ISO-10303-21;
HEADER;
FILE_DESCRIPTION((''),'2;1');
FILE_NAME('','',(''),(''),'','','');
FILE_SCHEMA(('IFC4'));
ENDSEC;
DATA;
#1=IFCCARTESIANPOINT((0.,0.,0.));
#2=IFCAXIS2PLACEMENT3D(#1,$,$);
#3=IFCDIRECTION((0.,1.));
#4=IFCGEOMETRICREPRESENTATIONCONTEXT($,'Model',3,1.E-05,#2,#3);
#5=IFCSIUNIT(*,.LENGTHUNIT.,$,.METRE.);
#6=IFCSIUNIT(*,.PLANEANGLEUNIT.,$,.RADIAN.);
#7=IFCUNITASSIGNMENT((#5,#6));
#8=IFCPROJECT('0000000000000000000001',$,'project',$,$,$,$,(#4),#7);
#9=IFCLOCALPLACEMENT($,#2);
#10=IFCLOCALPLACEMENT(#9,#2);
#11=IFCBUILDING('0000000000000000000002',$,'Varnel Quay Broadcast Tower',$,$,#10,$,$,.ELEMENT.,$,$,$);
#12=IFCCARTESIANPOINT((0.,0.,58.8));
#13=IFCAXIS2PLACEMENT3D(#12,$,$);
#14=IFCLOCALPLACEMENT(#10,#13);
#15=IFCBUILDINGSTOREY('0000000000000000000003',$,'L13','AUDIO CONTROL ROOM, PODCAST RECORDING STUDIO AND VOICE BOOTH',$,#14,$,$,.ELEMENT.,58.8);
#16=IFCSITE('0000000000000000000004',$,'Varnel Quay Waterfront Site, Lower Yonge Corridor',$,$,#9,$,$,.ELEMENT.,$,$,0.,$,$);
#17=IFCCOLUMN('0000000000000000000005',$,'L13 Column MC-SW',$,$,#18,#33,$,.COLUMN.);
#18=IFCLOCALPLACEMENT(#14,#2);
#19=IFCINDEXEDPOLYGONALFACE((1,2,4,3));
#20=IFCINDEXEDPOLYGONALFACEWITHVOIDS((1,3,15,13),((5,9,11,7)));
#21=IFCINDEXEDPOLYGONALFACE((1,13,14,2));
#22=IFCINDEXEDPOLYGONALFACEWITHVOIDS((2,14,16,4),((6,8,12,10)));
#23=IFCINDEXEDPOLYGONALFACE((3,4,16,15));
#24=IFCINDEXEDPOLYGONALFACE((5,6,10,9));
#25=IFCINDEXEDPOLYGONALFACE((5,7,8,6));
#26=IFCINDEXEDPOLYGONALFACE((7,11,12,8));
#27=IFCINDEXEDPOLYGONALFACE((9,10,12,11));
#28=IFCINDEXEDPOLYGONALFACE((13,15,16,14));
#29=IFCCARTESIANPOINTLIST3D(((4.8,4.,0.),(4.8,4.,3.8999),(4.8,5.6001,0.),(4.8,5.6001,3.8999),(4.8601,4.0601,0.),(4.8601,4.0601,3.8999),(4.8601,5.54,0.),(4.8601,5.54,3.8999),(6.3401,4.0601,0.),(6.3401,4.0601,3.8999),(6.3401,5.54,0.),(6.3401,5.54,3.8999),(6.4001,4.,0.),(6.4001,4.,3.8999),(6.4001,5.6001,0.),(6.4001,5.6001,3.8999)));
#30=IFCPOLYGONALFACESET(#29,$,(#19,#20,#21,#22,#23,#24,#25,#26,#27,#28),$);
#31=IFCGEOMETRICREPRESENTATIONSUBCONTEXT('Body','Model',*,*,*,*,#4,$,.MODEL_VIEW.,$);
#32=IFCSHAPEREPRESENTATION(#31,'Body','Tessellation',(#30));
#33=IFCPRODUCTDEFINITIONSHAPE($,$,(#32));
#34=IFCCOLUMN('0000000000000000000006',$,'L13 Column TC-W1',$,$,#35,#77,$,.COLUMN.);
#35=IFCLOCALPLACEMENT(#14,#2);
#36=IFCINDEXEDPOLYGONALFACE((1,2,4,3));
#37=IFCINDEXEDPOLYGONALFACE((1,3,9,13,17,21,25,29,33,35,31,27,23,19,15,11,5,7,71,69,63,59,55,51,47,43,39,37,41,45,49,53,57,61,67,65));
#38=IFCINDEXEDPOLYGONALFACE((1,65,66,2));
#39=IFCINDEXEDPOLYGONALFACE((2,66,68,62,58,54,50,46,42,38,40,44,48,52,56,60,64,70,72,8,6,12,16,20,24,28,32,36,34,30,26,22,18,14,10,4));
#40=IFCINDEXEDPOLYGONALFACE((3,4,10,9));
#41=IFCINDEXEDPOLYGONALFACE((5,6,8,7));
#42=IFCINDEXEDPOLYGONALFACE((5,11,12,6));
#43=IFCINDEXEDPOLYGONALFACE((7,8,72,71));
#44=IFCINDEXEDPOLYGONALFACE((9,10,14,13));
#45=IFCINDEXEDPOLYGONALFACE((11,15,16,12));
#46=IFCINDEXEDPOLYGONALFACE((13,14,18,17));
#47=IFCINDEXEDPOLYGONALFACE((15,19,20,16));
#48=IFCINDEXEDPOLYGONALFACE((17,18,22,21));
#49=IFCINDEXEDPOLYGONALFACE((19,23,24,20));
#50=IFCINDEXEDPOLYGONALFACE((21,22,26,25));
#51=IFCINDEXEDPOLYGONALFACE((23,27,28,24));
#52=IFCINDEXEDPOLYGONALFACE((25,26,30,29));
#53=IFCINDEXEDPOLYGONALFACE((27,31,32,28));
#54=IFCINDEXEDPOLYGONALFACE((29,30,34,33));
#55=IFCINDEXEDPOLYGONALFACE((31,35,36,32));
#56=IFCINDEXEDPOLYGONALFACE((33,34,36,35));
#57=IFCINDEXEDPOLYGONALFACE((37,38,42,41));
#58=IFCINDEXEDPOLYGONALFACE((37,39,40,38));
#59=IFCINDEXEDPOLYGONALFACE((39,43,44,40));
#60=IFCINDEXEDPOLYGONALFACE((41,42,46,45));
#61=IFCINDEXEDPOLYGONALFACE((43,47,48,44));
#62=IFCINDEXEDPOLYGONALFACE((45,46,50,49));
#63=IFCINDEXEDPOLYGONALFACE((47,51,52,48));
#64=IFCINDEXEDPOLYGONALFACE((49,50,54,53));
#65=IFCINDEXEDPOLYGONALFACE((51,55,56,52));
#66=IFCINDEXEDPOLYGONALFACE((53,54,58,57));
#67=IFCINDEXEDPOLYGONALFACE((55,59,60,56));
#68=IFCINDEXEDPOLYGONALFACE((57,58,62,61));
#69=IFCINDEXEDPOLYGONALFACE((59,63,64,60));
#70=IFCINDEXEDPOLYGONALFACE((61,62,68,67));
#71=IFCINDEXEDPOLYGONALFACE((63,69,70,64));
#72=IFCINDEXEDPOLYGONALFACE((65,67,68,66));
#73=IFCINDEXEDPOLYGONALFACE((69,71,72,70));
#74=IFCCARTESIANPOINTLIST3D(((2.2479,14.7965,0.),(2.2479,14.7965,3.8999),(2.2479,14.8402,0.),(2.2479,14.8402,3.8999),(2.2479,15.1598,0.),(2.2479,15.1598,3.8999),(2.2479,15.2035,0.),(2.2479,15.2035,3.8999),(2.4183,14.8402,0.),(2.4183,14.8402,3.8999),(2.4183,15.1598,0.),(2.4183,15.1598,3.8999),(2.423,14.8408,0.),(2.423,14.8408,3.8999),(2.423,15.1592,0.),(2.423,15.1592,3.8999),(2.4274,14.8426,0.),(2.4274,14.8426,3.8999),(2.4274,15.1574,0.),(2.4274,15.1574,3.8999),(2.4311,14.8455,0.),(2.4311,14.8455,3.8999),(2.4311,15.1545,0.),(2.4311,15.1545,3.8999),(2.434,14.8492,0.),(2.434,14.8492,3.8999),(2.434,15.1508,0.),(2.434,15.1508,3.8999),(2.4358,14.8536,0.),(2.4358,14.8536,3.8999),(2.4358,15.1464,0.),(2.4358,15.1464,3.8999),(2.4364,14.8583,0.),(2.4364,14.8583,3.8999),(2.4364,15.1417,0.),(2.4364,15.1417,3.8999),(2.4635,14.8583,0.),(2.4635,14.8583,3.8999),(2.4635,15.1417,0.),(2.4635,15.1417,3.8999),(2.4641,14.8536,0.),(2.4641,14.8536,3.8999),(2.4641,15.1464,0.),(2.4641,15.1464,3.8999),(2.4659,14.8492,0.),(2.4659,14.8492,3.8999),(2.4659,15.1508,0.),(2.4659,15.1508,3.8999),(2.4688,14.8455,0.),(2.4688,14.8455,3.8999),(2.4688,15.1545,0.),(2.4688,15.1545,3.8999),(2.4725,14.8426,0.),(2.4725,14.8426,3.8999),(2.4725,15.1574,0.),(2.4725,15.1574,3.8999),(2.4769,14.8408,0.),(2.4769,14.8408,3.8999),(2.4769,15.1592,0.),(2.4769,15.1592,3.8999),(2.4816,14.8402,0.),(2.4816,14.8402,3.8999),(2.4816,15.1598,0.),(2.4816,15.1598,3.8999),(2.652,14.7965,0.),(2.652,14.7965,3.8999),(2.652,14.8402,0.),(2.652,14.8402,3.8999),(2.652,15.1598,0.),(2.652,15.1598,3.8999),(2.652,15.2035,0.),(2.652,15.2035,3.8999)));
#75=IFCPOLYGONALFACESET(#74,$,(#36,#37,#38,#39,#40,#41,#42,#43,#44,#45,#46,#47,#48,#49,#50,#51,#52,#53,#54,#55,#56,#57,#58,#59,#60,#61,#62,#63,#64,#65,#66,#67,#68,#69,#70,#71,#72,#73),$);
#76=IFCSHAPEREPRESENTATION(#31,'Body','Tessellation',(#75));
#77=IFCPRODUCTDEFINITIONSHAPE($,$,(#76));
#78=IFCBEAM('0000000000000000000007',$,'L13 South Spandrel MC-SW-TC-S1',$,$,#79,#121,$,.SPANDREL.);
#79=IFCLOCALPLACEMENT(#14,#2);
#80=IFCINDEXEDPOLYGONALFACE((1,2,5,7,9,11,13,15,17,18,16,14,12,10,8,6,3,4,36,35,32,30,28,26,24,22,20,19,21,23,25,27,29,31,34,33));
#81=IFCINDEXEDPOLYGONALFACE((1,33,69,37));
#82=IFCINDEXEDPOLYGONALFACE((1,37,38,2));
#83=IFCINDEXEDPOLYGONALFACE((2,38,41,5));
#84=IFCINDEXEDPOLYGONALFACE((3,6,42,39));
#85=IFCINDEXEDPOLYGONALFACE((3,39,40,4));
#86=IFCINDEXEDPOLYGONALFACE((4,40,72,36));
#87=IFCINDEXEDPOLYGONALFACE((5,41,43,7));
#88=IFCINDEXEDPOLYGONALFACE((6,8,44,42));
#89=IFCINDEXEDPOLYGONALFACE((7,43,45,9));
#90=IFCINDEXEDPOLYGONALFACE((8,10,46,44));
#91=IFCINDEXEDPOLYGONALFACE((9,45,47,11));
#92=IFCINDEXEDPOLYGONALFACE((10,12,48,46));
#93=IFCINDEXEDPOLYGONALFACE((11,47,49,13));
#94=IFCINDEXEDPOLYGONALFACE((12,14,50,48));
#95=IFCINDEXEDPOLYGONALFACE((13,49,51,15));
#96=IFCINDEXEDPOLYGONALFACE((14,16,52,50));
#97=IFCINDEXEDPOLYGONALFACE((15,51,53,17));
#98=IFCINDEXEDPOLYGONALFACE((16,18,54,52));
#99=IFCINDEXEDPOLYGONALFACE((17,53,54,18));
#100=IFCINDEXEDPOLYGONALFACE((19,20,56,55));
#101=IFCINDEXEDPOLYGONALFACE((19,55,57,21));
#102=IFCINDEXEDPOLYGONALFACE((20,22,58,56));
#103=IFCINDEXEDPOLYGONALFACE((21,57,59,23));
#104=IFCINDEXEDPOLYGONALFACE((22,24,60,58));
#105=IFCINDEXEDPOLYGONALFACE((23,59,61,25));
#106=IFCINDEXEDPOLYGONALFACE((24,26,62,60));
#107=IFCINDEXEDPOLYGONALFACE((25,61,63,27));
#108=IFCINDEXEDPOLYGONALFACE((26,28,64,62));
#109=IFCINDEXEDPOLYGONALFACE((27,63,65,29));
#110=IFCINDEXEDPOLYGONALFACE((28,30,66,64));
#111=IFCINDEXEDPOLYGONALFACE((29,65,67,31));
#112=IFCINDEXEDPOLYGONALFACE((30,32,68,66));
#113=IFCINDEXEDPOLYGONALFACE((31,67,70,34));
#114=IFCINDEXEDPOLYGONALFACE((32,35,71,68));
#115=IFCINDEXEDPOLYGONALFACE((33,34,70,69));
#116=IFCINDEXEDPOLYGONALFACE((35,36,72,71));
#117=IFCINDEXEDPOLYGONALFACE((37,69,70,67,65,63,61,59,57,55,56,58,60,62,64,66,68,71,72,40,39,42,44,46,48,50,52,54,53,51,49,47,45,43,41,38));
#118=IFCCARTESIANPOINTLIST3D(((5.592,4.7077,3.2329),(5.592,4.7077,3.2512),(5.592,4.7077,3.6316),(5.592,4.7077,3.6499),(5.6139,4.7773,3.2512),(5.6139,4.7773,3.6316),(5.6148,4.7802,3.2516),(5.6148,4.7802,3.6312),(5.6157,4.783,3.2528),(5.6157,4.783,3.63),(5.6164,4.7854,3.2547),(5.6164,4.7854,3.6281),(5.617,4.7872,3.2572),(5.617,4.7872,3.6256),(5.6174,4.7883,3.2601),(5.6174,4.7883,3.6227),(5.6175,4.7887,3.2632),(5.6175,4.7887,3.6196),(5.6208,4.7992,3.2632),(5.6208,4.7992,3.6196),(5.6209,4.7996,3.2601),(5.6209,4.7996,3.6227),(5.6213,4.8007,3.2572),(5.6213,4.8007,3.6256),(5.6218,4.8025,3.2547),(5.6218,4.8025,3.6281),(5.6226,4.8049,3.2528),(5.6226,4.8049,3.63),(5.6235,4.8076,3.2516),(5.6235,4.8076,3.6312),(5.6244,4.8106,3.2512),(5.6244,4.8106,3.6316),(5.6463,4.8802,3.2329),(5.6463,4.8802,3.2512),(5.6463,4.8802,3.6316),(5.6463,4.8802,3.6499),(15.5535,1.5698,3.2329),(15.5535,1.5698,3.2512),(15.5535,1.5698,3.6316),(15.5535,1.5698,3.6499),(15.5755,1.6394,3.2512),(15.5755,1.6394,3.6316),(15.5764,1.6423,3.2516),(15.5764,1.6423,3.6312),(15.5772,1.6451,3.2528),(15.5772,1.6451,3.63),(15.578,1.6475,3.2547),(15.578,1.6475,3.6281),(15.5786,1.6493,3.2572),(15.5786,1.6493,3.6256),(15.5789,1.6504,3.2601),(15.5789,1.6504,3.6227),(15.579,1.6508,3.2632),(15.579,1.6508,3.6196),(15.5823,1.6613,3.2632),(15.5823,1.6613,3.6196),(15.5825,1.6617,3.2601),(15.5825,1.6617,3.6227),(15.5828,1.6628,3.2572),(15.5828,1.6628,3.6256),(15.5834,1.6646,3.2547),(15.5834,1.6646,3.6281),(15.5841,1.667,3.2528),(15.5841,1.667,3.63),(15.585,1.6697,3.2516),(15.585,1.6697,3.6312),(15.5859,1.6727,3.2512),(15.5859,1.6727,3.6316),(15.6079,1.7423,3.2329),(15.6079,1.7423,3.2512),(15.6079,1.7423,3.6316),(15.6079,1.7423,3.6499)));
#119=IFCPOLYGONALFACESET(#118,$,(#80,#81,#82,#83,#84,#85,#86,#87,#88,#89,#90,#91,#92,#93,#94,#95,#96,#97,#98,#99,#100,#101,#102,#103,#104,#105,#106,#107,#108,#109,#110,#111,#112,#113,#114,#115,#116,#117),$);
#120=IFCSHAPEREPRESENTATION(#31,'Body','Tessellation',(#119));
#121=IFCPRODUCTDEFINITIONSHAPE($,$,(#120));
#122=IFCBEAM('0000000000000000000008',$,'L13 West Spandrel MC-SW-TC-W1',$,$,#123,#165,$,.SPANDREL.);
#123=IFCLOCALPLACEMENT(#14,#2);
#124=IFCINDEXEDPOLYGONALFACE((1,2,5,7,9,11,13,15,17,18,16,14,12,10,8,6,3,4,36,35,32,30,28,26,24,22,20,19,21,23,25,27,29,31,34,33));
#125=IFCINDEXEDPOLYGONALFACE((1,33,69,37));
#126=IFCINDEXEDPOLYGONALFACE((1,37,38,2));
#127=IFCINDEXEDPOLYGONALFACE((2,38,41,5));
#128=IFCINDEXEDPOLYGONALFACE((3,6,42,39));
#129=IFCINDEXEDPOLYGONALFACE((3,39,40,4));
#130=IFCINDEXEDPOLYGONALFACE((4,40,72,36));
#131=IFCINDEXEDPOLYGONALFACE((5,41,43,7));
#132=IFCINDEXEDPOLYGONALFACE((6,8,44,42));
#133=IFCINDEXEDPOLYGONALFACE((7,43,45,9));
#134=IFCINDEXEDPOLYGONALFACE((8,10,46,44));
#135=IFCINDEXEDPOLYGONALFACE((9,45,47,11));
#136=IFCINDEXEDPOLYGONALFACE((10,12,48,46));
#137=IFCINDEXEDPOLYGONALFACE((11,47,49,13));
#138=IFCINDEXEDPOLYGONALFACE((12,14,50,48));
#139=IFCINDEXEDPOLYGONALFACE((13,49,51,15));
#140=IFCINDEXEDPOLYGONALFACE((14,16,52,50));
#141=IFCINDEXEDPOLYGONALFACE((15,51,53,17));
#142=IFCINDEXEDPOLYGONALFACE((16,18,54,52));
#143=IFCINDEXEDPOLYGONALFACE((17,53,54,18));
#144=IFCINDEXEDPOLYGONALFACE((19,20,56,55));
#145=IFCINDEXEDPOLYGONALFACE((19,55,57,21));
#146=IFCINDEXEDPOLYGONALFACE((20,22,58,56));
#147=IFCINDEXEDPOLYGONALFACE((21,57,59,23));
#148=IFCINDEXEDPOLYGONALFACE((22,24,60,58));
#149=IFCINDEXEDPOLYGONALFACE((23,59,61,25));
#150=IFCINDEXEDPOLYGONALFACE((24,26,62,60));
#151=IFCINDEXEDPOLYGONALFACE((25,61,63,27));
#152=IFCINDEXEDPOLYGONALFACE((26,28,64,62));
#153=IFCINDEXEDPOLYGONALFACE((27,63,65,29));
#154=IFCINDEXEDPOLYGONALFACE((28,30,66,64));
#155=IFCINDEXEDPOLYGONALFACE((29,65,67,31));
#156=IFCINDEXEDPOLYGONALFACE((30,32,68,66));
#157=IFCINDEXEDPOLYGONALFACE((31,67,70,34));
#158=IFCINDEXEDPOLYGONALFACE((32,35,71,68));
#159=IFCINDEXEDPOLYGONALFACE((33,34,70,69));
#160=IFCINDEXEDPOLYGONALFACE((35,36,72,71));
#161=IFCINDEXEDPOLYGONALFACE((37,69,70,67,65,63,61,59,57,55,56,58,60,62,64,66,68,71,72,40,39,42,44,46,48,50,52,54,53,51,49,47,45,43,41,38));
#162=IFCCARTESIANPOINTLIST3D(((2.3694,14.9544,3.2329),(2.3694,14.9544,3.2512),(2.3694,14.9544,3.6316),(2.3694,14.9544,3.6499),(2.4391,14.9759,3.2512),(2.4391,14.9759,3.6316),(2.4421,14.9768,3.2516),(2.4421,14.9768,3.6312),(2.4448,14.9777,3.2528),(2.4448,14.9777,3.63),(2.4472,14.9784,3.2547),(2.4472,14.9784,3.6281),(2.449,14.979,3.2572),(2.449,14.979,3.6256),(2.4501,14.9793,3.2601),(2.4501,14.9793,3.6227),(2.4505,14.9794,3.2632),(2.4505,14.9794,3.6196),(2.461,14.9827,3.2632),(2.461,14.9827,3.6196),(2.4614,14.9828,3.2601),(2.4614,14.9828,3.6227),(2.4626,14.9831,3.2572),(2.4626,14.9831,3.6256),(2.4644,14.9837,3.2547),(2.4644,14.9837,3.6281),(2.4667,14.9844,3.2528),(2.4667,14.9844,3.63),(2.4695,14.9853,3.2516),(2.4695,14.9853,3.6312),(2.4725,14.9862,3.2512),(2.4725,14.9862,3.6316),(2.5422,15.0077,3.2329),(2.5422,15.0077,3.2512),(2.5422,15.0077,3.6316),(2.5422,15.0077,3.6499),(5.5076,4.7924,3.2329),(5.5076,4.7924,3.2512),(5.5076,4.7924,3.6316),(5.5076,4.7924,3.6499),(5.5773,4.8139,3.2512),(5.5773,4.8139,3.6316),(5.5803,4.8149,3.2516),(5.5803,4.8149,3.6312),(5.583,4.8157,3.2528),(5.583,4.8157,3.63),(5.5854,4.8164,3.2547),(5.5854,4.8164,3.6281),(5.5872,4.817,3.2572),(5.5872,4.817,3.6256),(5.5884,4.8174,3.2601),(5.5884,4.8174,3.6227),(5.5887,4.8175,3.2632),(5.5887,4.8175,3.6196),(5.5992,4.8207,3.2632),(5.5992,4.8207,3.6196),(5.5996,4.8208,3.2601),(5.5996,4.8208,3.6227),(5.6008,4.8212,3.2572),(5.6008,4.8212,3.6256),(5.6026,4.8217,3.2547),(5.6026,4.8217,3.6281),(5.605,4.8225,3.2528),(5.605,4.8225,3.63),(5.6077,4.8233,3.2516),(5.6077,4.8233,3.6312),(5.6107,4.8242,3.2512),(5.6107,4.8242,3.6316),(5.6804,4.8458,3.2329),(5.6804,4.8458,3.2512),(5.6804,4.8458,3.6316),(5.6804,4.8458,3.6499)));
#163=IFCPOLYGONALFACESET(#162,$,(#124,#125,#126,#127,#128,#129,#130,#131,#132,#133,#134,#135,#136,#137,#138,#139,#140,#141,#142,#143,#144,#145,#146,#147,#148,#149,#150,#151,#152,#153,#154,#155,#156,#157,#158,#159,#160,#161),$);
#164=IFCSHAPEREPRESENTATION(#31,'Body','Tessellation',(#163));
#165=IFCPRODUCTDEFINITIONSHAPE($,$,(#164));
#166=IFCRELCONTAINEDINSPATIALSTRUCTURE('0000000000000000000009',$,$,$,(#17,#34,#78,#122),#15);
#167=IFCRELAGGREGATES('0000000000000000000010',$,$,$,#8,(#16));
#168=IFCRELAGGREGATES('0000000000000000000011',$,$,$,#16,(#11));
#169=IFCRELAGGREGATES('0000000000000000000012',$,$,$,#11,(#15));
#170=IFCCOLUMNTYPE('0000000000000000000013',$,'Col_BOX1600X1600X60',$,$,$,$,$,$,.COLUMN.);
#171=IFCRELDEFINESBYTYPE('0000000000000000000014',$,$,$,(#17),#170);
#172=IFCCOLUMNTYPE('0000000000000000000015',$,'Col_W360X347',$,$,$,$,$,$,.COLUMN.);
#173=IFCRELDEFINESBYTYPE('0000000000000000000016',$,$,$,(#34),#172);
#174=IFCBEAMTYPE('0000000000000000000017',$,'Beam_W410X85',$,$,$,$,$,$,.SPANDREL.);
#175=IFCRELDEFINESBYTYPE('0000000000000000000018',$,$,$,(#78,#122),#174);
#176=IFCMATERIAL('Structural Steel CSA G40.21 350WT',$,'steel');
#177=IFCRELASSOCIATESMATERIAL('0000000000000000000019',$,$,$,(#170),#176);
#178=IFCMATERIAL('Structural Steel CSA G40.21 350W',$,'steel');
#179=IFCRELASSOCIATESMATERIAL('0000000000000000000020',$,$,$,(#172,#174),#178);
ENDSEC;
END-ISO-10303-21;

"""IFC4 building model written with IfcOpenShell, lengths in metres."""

from ifc_helpers import new_model, si_unit, direction, frame, origin, origin_2d, place, context, subcontext, project, spatial, hollow_rectangle, i_section, extrude, source, transform, mapped, material, material_profile, profile_set, type_object, type_shapes, element, save


model = new_model("IFC4")

# Units and contexts
model_context = context("Model", 3, precision=1e-05, world=origin(), true_north=direction((0.0, 1.0)))
body_context = subcontext(model_context, "Body", "Model", "MODEL_VIEW")
ifc_project = project(units=[si_unit("LENGTHUNIT", "METRE"), si_unit("PLANEANGLEUNIT", "RADIAN")], contexts=[model_context])

# Site, building, storey
site_placement = place(None, origin())
site = spatial("IfcSite", under=ifc_project, at=site_placement, Name="Varnel Quay Waterfront Site, Lower Yonge Corridor", CompositionType="ELEMENT", RefElevation=0.0)
building_placement = place(site_placement, origin())
building = spatial("IfcBuilding", under=site, at=building_placement, Name="Varnel Quay Broadcast Tower", CompositionType="ELEMENT")
storey_placement = place(building_placement, frame((0.0, 0.0, 58.8)))
storey = spatial("IfcBuildingStorey", under=building, at=storey_placement, Name="L13", Description="AUDIO CONTROL ROOM, PODCAST RECORDING STUDIO AND VOICE BOOTH", CompositionType="ELEMENT", Elevation=58.8)

# Columns
ifc_material_1 = material(Name="Structural Steel CSA G40.21 350WT", Category="steel")
ifc_material_profile_1 = material_profile(ifc_material_1, hollow_rectangle(XDim=1.6001, YDim=1.6001, WallThickness=0.0601, at=origin_2d()), Name="BOX1600X1600X60")
ifc_profile_set_1 = profile_set([ifc_material_profile_1], Name="Structural Steel CSA G40.21 350WT")
column_type_1 = type_object("IfcColumnType", Name="Col_BOX1600X1600X60", PredefinedType="COLUMN", material=ifc_profile_set_1)
shared_shape_1 = source(origin(), body_context, "Body", "SweptSolid", [
    extrude(hollow_rectangle(XDim=1.6001, YDim=1.6001, WallThickness=0.0601, at=origin_2d()), origin(), (0.0, 0.0, 1.0), 3.8999),
])
type_shapes(column_type_1, [shared_shape_1])
column_1_placement = place(storey_placement, frame((5.6001, 4.8, 0.0), z_axis=(0.0, 0.0, 1.0), x_axis=(1.0, 0.0, 0.0)))
element("IfcColumn", 1, at=column_1_placement, inside=storey, type_object=column_type_1, Name="L13 Column MC-SW", PredefinedType="COLUMN", context=body_context, shape_type="MappedRepresentation", body=[
    mapped(shared_shape_1, transform((0.0, 0.0, 0.0), x_axis=(1.0, 0.0, 0.0), y_axis=(0.0, 1.0, 0.0), z_axis=(0.0, 0.0, 1.0), scale=1.0)),
])
ifc_material_2 = material(Name="Structural Steel CSA G40.21 350W", Category="steel")
ifc_material_profile_2 = material_profile(ifc_material_2, i_section(OverallWidth=0.4041, OverallDepth=0.407, WebThickness=0.0271, FlangeThickness=0.0437, FilletRadius=0.0181, at=origin_2d()), Name="W360X347")
ifc_profile_set_2 = profile_set([ifc_material_profile_2], Name="Structural Steel CSA G40.21 350W")
column_type_2 = type_object("IfcColumnType", Name="Col_W360X347", PredefinedType="COLUMN", material=ifc_profile_set_2)
shared_shape_2 = source(origin(), body_context, "Body", "SweptSolid", [
    extrude(i_section(OverallWidth=0.4041, OverallDepth=0.407, WebThickness=0.0271, FlangeThickness=0.0437, FilletRadius=0.0181, at=origin_2d()), origin(), (0.0, 0.0, 1.0), 3.8999),
])
type_shapes(column_type_2, [shared_shape_2])
column_2_placement = place(storey_placement, frame((2.45, 15.0, 0.0), z_axis=(0.0, 0.0, 1.0), x_axis=(1.0, 0.0, 0.0)))
element("IfcColumn", 2, at=column_2_placement, inside=storey, type_object=column_type_2, Name="L13 Column TC-W1", PredefinedType="COLUMN", context=body_context, shape_type="MappedRepresentation", body=[
    mapped(shared_shape_2, transform((0.0, 0.0, 0.0), x_axis=(1.0, 0.0, 0.0), y_axis=(0.0, 1.0, 0.0), z_axis=(0.0, 0.0, 1.0), scale=1.0)),
])

# Beams
ifc_material_profile_3 = material_profile(ifc_material_2, i_section(OverallWidth=0.1809, OverallDepth=0.417, WebThickness=0.011, FlangeThickness=0.0183, FilletRadius=0.012, at=origin_2d()), Name="W410X85")
ifc_profile_set_3 = profile_set([ifc_material_profile_3], Name="Structural Steel CSA G40.21 350W")
beam_type_1 = type_object("IfcBeamType", Name="Beam_W410X85", PredefinedType="SPANDREL", material=ifc_profile_set_3)
shared_shape_3 = source(origin(), body_context, "Body", "SweptSolid", [
    extrude(i_section(OverallWidth=0.1809, OverallDepth=0.417, WebThickness=0.011, FlangeThickness=0.0183, FilletRadius=0.012, at=origin_2d()), origin(), (0.0, 0.0, 1.0), 10.4441),
])
beam_1_placement = place(storey_placement, frame((5.6191, 4.7939, 3.4414), z_axis=(0.953798, -0.300448, 0.0), x_axis=(0.300448, 0.953798, 0.0)))
element("IfcBeam", 3, at=beam_1_placement, inside=storey, type_object=beam_type_1, Name="L13 South Spandrel MC-SW-TC-S1", PredefinedType="SPANDREL", context=body_context, shape_type="MappedRepresentation", body=[
    mapped(shared_shape_3, transform((0.0, 0.0, 0.0), x_axis=(1.0, 0.0, 0.0), y_axis=(0.0, 1.0, 0.0), z_axis=(0.0, 0.0, 1.0), scale=1.0)),
])
shared_shape_4 = source(origin(), body_context, "Body", "SweptSolid", [
    extrude(i_section(OverallWidth=0.1809, OverallDepth=0.417, WebThickness=0.011, FlangeThickness=0.0183, FilletRadius=0.012, at=origin_2d()), origin(), (0.0, 0.0, 1.0), 10.6355),
])
type_shapes(beam_type_1, [shared_shape_3, shared_shape_4])
beam_2_placement = place(storey_placement, frame((5.594, 4.8191, 3.4414), z_axis=(-0.29507, 0.955476, 0.0), x_axis=(-0.955476, -0.29507, 0.0)))
element("IfcBeam", 4, at=beam_2_placement, inside=storey, type_object=beam_type_1, Name="L13 West Spandrel MC-SW-TC-W1", PredefinedType="SPANDREL", context=body_context, shape_type="MappedRepresentation", body=[
    mapped(shared_shape_4, transform((0.0, 0.0, 0.0), x_axis=(1.0, 0.0, 0.0), y_axis=(0.0, 1.0, 0.0), z_axis=(0.0, 0.0, 1.0), scale=1.0)),
])

save(model, "model.ifc")
